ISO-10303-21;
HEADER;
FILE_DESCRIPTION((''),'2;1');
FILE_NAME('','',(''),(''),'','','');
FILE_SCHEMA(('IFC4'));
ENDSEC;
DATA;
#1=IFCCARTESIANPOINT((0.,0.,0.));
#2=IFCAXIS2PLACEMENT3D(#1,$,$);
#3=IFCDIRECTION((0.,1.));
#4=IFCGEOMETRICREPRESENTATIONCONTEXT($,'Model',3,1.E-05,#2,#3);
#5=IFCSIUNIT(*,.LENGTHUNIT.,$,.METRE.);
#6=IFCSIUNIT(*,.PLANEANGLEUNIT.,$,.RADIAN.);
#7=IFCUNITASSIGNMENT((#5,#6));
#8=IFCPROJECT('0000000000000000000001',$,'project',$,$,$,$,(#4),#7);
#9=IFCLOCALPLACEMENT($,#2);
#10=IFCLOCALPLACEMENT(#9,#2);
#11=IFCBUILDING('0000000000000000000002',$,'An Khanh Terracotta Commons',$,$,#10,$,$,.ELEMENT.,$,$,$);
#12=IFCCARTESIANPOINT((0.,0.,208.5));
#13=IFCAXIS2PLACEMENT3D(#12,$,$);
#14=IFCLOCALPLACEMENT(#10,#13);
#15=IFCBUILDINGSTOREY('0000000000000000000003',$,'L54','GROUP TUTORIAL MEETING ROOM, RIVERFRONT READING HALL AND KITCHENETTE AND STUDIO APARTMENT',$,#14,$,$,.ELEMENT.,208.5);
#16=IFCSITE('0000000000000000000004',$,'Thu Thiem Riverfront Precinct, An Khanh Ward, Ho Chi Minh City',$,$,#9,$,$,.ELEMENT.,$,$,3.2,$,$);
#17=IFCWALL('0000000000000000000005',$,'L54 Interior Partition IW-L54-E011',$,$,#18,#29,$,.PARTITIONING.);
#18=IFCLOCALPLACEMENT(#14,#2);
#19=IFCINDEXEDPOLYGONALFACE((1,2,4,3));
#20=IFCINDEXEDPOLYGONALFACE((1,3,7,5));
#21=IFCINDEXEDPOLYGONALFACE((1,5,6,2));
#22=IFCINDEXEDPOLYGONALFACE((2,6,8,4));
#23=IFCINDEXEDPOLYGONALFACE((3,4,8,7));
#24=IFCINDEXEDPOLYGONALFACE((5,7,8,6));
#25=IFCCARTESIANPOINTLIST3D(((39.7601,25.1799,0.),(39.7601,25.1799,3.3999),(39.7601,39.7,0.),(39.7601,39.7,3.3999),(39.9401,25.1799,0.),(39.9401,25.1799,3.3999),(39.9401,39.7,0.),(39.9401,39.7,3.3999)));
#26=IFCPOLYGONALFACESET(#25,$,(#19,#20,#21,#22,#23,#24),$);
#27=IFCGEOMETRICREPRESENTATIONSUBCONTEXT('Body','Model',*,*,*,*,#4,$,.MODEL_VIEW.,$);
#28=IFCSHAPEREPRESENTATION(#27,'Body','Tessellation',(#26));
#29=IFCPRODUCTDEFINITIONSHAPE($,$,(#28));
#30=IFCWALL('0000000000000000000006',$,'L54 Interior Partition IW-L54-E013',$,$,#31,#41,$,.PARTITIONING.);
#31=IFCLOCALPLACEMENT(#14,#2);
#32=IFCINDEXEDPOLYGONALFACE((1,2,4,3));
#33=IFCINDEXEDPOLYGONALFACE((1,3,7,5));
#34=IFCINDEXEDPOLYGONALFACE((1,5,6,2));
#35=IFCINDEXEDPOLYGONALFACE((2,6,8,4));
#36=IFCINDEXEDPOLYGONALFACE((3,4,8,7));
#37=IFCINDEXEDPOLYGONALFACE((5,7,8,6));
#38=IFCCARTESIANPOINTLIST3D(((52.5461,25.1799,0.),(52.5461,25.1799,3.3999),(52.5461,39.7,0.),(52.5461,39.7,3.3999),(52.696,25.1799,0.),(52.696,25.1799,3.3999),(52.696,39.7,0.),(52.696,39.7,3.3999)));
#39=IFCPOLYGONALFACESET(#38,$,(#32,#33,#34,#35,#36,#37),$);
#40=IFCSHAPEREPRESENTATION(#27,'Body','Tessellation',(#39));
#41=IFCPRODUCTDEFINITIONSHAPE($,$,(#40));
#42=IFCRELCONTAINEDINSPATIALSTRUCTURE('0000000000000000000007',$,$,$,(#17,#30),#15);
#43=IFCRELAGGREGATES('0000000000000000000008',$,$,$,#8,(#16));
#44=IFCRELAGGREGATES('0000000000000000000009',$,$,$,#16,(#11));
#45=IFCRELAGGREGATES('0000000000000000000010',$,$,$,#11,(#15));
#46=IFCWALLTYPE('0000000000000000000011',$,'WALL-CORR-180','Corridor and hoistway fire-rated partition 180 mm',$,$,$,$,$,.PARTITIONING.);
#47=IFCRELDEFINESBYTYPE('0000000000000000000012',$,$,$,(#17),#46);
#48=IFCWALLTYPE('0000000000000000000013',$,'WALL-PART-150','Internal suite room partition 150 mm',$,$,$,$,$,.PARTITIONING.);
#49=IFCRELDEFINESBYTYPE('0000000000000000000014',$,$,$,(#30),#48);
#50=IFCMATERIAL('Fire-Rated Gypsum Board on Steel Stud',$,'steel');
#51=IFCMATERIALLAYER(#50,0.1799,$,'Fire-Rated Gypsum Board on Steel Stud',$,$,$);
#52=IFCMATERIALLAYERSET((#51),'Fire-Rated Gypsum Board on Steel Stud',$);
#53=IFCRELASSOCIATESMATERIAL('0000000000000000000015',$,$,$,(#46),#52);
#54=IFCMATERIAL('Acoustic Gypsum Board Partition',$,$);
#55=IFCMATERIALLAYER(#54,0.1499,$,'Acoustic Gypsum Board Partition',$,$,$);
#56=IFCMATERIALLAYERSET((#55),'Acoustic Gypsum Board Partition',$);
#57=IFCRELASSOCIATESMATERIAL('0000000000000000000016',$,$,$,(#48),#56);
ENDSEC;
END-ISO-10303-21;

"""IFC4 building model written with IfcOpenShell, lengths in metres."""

from ifc_helpers import new_model, si_unit, direction, frame, frame_2d, origin, place, context, subcontext, project, spatial, rectangle, extrude, material, layer, layer_set, type_object, element, save


model = new_model("IFC4")

# Units and contexts
model_context = context("Model", 3, precision=1e-05, world=origin(), true_north=direction((0.0, 1.0)))
body_context = subcontext(model_context, "Body", "Model", "MODEL_VIEW")
ifc_project = project(units=[si_unit("LENGTHUNIT", "METRE"), si_unit("PLANEANGLEUNIT", "RADIAN")], contexts=[model_context])

# Site, building, storey
site_placement = place(None, origin())
site = spatial("IfcSite", under=ifc_project, at=site_placement, Name="Thu Thiem Riverfront Precinct, An Khanh Ward, Ho Chi Minh City", CompositionType="ELEMENT", RefElevation=3.2)
building_placement = place(site_placement, origin())
building = spatial("IfcBuilding", under=site, at=building_placement, Name="An Khanh Terracotta Commons", CompositionType="ELEMENT")
storey_placement = place(building_placement, frame((0.0, 0.0, 208.5)))
storey = spatial("IfcBuildingStorey", under=building, at=storey_placement, Name="L54", Description="GROUP TUTORIAL MEETING ROOM, RIVERFRONT READING HALL AND KITCHENETTE AND STUDIO APARTMENT", CompositionType="ELEMENT", Elevation=208.5)

# Shared definitions
ifc_material_1 = material(Name="Fire-Rated Gypsum Board on Steel Stud", Category="steel")
ifc_layer_1 = layer(ifc_material_1, 0.1799, Name="Fire-Rated Gypsum Board on Steel Stud")
ifc_layer_set_1 = layer_set([ifc_layer_1], Name="Fire-Rated Gypsum Board on Steel Stud")
wall_type_1 = type_object("IfcWallType", Name="WALL-CORR-180", Description="Corridor and hoistway fire-rated partition 180 mm", PredefinedType="PARTITIONING", material=ifc_layer_set_1)

# Walls
wall_1_placement = place(storey_placement, frame((39.8501, 25.1799, 0.0), z_axis=(0.0, 0.0, 1.0), x_axis=(0.0, 1.0, 0.0)))
element("IfcWall", 1, at=wall_1_placement, inside=storey, type_object=wall_type_1, Name="L54 Interior Partition IW-L54-E011", PredefinedType="PARTITIONING", context=body_context, shape_type="SweptSolid", body=[
    extrude(rectangle(XDim=14.52, YDim=0.1799, at=frame_2d((7.26, 0.0))), origin(), (0.0, 0.0, 1.0), 3.3999),
])
ifc_material_2 = material(Name="Acoustic Gypsum Board Partition")
ifc_layer_2 = layer(ifc_material_2, 0.1499, Name="Acoustic Gypsum Board Partition")
ifc_layer_set_2 = layer_set([ifc_layer_2], Name="Acoustic Gypsum Board Partition")
wall_type_2 = type_object("IfcWallType", Name="WALL-PART-150", Description="Internal suite room partition 150 mm", PredefinedType="PARTITIONING", material=ifc_layer_set_2)
wall_2_placement = place(storey_placement, frame((52.6211, 25.1799, 0.0), z_axis=(0.0, 0.0, 1.0), x_axis=(0.0, 1.0, 0.0)))
element("IfcWall", 2, at=wall_2_placement, inside=storey, type_object=wall_type_2, Name="L54 Interior Partition IW-L54-E013", PredefinedType="PARTITIONING", context=body_context, shape_type="SweptSolid", body=[
    extrude(rectangle(XDim=14.52, YDim=0.1499, at=frame_2d((7.26, 0.0))), origin(), (0.0, 0.0, 1.0), 3.3999),
])

save(model, "model.ifc")
